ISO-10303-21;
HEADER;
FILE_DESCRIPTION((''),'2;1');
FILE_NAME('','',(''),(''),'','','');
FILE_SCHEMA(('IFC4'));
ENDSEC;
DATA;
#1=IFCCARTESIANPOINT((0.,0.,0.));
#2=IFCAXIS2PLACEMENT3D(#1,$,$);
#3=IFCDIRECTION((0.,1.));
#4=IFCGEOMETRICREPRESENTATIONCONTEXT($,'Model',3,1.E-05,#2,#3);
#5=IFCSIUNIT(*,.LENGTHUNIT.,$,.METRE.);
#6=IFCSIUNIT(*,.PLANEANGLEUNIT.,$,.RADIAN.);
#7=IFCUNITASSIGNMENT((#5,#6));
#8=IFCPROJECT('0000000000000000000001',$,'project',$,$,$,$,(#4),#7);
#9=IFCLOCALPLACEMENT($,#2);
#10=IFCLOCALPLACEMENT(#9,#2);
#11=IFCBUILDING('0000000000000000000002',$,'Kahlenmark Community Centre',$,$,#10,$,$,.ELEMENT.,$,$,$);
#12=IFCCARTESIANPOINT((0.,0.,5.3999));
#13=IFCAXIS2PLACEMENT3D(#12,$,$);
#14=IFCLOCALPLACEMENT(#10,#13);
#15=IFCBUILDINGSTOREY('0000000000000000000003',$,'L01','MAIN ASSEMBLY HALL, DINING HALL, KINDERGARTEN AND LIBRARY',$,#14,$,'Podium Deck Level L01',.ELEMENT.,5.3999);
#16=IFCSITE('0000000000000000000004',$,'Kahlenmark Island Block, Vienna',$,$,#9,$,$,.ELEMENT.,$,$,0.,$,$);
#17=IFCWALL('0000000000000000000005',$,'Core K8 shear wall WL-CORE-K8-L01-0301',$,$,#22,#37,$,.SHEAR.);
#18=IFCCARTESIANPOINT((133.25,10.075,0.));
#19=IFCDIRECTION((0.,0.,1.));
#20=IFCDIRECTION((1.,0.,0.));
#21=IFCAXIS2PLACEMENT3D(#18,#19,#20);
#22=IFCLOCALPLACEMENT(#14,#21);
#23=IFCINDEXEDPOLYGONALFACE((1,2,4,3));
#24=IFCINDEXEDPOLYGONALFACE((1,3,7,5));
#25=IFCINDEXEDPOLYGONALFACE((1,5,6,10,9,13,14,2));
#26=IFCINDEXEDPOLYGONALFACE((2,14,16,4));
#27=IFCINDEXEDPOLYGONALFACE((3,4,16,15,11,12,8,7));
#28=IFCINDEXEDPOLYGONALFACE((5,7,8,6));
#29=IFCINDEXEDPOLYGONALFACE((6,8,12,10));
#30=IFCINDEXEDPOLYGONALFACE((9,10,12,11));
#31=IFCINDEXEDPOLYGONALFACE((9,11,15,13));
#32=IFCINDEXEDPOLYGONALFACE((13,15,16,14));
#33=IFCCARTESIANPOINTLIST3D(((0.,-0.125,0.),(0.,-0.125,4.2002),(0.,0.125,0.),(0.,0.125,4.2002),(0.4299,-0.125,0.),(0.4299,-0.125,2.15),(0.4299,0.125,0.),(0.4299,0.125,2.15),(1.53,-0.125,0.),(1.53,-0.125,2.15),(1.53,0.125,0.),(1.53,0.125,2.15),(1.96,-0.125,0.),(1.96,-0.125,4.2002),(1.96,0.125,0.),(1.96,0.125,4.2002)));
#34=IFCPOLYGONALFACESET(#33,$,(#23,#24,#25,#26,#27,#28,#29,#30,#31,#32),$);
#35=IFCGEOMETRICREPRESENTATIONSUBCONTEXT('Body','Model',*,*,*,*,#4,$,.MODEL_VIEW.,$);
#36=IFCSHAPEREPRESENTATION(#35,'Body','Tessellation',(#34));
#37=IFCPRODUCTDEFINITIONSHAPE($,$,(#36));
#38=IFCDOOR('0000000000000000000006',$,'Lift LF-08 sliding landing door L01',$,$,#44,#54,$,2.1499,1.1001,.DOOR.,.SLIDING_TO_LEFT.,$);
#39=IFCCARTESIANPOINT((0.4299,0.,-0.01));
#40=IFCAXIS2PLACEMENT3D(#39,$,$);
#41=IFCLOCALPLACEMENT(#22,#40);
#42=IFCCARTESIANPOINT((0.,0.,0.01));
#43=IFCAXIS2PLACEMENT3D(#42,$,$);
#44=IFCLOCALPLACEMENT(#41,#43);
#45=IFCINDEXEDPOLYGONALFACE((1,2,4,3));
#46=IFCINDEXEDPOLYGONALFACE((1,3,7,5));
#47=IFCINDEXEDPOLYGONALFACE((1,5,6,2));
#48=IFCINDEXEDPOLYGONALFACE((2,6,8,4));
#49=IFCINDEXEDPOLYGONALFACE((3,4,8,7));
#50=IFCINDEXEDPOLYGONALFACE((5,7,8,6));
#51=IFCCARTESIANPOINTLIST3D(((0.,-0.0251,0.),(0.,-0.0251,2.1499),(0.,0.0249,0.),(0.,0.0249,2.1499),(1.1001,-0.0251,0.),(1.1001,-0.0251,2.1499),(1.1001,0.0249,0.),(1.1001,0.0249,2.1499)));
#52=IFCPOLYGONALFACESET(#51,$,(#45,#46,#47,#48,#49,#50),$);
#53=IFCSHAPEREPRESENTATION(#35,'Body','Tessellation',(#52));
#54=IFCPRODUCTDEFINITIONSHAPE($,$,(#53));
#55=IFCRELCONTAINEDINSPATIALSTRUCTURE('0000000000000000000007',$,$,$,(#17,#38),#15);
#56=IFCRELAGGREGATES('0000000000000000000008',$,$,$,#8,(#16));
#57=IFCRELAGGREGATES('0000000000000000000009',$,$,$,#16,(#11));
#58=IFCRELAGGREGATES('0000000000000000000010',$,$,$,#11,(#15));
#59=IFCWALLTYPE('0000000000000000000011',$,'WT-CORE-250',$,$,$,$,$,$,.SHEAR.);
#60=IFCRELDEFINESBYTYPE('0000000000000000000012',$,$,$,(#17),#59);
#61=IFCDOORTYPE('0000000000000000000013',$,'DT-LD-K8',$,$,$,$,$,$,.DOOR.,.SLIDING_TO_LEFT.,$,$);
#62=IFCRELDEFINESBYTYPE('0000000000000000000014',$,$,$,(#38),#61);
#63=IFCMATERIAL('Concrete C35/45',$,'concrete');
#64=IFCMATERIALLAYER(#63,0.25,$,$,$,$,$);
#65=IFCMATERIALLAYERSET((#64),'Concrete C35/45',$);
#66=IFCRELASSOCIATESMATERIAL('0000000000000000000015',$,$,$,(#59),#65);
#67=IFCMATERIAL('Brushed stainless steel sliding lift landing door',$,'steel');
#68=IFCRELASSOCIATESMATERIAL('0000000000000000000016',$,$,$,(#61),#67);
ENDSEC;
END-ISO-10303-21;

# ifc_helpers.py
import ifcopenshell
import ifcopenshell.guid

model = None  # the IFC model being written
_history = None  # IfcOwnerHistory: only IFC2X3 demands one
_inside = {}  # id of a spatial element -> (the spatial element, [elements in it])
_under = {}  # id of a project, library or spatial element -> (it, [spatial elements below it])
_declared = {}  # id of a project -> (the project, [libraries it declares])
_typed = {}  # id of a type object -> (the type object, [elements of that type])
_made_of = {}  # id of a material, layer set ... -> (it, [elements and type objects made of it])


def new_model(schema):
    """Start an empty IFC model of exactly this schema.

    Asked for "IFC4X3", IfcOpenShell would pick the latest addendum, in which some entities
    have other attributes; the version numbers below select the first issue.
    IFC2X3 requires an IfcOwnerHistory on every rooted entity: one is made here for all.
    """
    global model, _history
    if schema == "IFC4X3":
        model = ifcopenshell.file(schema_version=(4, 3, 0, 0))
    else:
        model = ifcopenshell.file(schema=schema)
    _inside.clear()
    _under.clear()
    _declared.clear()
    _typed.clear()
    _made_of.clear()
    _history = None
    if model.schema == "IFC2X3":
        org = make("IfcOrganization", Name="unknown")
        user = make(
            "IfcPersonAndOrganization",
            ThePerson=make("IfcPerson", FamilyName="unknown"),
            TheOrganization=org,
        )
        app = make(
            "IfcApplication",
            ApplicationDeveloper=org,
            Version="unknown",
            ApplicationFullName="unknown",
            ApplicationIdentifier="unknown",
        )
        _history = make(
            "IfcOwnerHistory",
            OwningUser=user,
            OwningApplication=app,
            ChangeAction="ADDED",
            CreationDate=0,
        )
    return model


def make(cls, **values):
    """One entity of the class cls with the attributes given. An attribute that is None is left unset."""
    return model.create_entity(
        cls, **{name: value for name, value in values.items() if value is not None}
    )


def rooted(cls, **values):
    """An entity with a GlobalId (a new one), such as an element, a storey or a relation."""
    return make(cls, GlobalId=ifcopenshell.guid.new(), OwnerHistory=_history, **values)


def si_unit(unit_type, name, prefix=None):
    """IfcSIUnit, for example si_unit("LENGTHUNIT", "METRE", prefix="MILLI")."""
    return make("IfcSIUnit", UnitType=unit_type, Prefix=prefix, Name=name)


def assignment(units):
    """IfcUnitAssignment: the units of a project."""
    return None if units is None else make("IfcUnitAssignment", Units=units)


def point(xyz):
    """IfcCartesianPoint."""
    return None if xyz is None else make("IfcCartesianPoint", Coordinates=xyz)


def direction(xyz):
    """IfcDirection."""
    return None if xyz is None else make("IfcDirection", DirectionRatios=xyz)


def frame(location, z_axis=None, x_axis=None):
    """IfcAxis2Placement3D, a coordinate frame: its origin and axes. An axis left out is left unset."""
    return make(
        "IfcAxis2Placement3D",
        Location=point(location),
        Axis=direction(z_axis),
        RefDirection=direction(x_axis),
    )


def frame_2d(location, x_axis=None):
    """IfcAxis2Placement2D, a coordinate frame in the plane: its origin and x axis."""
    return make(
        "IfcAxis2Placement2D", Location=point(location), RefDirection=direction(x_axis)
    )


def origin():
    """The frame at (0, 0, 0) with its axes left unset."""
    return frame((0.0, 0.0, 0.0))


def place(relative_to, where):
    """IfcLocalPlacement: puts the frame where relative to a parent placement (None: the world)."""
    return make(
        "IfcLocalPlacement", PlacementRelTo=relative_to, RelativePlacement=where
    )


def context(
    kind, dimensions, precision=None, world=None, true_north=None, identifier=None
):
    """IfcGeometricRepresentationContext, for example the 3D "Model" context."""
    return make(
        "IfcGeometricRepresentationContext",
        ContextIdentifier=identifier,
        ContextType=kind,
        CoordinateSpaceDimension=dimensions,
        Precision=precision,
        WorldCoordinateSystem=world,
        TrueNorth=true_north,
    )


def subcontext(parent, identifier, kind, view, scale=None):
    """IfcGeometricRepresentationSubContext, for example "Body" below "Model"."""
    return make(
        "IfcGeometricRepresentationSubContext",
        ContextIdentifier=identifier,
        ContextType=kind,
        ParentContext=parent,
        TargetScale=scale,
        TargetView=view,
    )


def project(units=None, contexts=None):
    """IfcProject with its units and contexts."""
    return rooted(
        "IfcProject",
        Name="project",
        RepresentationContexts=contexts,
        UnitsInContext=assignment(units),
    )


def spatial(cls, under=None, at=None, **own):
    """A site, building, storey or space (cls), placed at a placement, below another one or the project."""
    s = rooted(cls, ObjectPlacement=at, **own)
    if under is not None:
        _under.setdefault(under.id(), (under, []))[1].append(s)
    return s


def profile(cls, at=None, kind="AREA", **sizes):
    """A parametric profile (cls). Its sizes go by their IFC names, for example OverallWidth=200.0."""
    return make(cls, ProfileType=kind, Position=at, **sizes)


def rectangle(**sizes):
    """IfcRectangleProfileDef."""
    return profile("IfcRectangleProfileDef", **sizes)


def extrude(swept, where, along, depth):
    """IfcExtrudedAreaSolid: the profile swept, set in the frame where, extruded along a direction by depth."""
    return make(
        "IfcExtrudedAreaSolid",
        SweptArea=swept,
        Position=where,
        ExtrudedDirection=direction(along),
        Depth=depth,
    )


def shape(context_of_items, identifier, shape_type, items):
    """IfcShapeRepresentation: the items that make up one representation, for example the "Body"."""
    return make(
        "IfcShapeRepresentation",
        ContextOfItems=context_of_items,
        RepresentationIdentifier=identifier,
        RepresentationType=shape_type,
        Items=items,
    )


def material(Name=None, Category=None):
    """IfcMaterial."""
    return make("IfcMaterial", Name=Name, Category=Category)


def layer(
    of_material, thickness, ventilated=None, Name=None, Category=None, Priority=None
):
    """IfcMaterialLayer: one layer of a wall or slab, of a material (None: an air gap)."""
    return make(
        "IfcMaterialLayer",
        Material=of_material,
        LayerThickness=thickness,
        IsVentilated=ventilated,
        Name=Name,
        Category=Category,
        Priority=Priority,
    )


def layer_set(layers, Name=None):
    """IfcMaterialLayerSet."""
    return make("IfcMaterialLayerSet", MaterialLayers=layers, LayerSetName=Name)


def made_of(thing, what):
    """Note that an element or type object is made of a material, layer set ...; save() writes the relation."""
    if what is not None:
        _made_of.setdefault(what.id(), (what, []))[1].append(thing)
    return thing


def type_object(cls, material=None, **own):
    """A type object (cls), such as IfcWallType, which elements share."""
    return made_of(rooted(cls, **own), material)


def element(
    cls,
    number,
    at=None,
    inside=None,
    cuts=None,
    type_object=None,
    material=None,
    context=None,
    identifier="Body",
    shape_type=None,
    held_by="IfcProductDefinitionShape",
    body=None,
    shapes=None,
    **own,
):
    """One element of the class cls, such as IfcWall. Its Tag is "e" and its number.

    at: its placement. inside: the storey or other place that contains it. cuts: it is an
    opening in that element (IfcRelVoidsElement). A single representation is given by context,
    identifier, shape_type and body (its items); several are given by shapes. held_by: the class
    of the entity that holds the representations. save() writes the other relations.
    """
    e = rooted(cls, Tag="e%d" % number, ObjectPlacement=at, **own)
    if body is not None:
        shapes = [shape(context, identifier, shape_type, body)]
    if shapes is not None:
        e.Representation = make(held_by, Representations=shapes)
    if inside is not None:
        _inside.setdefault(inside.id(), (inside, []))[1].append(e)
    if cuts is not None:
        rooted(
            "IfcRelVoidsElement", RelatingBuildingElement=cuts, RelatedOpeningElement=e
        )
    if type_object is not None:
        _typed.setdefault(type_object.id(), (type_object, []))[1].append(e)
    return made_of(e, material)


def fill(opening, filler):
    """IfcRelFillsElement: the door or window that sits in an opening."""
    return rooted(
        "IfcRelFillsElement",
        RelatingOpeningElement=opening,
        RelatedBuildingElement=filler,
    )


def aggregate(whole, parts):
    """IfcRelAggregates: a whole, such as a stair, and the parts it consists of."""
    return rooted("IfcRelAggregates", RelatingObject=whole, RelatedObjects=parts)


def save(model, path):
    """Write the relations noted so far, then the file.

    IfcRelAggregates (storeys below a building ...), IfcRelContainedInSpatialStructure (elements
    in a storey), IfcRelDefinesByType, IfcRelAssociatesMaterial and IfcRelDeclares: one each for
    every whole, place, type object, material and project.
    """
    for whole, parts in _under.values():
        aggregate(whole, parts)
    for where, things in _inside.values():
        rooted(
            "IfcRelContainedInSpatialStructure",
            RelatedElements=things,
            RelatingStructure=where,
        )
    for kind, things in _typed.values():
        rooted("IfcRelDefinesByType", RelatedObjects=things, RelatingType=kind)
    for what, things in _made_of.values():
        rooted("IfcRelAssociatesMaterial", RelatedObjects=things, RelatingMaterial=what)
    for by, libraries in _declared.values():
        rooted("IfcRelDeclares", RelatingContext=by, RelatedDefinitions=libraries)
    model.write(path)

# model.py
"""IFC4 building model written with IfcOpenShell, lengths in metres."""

from ifc_helpers import new_model, si_unit, direction, frame, frame_2d, origin, place, context, subcontext, project, spatial, rectangle, extrude, material, layer, layer_set, type_object, element, fill, save


model = new_model("IFC4")

# Units and contexts
model_context = context("Model", 3, precision=1e-05, world=origin(), true_north=direction((0.0, 1.0)))
body_context = subcontext(model_context, "Body", "Model", "MODEL_VIEW")
ifc_project = project(units=[si_unit("LENGTHUNIT", "METRE"), si_unit("PLANEANGLEUNIT", "RADIAN")], contexts=[model_context])

# Site, building, storey
site_placement = place(None, origin())
site = spatial("IfcSite", under=ifc_project, at=site_placement, Name="Kahlenmark Island Block, Vienna", CompositionType="ELEMENT", RefElevation=0.0)
building_placement = place(site_placement, origin())
building = spatial("IfcBuilding", under=site, at=building_placement, Name="Kahlenmark Community Centre", CompositionType="ELEMENT")
storey_placement = place(building_placement, frame((0.0, 0.0, 5.3999)))
storey = spatial("IfcBuildingStorey", under=building, at=storey_placement, Name="L01", Description="MAIN ASSEMBLY HALL, DINING HALL, KINDERGARTEN AND LIBRARY", LongName="Podium Deck Level L01", CompositionType="ELEMENT", Elevation=5.3999)

# Shared definitions
ifc_material_1 = material(Name="Concrete C35/45", Category="concrete")

# Shared definitions
ifc_layer_1 = layer(ifc_material_1, 0.25)
ifc_layer_set_1 = layer_set([ifc_layer_1], Name="Concrete C35/45")
wall_type_1 = type_object("IfcWallType", Name="WT-CORE-250", PredefinedType="SHEAR", material=ifc_layer_set_1)

# Wall, opening, door
wall_1_placement = place(storey_placement, frame((133.25, 10.075, 0.0), z_axis=(0.0, 0.0, 1.0), x_axis=(1.0, 0.0, 0.0)))
wall_1 = element("IfcWall", 1, at=wall_1_placement, inside=storey, type_object=wall_type_1, Name="Core K8 shear wall WL-CORE-K8-L01-0301", PredefinedType="SHEAR", context=body_context, shape_type="SweptSolid", body=[
    extrude(rectangle(XDim=1.96, YDim=0.25, at=frame_2d((0.98, 0.0))), origin(), (0.0, 0.0, 1.0), 4.2002),
])
opening_1_placement = place(wall_1_placement, frame((0.4299, 0.0, -0.01)))
opening_1 = element("IfcOpeningElement", 2, at=opening_1_placement, cuts=wall_1, PredefinedType="OPENING", context=body_context, shape_type="SweptSolid", body=[
    extrude(rectangle(XDim=1.1001, YDim=2.1599, at=frame_2d((0.55, 1.0801))), frame((0.0, 0.135, 0.0), z_axis=(0.0, -1.0, 0.0), x_axis=(1.0, 0.0, 0.0)), (0.0, 0.0, 1.0), 0.27),
])
ifc_material_2 = material(Name="Brushed stainless steel sliding lift landing door", Category="steel")
door_type_1 = type_object("IfcDoorType", Name="DT-LD-K8", OperationType="SLIDING_TO_LEFT", PredefinedType="DOOR", material=ifc_material_2)
door_1_placement = place(opening_1_placement, frame((0.0, 0.0, 0.01)))
door_1 = element("IfcDoor", 3, at=door_1_placement, inside=storey, type_object=door_type_1, Name="Lift LF-08 sliding landing door L01", OperationType="SLIDING_TO_LEFT", OverallHeight=2.1499, OverallWidth=1.1001, PredefinedType="DOOR", context=body_context, shape_type="SweptSolid", body=[
    extrude(rectangle(XDim=1.1001, YDim=2.1499, at=frame_2d((0.55, 1.075))), frame((0.0, 0.0249, 0.0), z_axis=(0.0, -1.0, 0.0), x_axis=(1.0, 0.0, 0.0)), (0.0, 0.0, 1.0), 0.05),
])
fill(opening_1, door_1)

save(model, "model.ifc")
